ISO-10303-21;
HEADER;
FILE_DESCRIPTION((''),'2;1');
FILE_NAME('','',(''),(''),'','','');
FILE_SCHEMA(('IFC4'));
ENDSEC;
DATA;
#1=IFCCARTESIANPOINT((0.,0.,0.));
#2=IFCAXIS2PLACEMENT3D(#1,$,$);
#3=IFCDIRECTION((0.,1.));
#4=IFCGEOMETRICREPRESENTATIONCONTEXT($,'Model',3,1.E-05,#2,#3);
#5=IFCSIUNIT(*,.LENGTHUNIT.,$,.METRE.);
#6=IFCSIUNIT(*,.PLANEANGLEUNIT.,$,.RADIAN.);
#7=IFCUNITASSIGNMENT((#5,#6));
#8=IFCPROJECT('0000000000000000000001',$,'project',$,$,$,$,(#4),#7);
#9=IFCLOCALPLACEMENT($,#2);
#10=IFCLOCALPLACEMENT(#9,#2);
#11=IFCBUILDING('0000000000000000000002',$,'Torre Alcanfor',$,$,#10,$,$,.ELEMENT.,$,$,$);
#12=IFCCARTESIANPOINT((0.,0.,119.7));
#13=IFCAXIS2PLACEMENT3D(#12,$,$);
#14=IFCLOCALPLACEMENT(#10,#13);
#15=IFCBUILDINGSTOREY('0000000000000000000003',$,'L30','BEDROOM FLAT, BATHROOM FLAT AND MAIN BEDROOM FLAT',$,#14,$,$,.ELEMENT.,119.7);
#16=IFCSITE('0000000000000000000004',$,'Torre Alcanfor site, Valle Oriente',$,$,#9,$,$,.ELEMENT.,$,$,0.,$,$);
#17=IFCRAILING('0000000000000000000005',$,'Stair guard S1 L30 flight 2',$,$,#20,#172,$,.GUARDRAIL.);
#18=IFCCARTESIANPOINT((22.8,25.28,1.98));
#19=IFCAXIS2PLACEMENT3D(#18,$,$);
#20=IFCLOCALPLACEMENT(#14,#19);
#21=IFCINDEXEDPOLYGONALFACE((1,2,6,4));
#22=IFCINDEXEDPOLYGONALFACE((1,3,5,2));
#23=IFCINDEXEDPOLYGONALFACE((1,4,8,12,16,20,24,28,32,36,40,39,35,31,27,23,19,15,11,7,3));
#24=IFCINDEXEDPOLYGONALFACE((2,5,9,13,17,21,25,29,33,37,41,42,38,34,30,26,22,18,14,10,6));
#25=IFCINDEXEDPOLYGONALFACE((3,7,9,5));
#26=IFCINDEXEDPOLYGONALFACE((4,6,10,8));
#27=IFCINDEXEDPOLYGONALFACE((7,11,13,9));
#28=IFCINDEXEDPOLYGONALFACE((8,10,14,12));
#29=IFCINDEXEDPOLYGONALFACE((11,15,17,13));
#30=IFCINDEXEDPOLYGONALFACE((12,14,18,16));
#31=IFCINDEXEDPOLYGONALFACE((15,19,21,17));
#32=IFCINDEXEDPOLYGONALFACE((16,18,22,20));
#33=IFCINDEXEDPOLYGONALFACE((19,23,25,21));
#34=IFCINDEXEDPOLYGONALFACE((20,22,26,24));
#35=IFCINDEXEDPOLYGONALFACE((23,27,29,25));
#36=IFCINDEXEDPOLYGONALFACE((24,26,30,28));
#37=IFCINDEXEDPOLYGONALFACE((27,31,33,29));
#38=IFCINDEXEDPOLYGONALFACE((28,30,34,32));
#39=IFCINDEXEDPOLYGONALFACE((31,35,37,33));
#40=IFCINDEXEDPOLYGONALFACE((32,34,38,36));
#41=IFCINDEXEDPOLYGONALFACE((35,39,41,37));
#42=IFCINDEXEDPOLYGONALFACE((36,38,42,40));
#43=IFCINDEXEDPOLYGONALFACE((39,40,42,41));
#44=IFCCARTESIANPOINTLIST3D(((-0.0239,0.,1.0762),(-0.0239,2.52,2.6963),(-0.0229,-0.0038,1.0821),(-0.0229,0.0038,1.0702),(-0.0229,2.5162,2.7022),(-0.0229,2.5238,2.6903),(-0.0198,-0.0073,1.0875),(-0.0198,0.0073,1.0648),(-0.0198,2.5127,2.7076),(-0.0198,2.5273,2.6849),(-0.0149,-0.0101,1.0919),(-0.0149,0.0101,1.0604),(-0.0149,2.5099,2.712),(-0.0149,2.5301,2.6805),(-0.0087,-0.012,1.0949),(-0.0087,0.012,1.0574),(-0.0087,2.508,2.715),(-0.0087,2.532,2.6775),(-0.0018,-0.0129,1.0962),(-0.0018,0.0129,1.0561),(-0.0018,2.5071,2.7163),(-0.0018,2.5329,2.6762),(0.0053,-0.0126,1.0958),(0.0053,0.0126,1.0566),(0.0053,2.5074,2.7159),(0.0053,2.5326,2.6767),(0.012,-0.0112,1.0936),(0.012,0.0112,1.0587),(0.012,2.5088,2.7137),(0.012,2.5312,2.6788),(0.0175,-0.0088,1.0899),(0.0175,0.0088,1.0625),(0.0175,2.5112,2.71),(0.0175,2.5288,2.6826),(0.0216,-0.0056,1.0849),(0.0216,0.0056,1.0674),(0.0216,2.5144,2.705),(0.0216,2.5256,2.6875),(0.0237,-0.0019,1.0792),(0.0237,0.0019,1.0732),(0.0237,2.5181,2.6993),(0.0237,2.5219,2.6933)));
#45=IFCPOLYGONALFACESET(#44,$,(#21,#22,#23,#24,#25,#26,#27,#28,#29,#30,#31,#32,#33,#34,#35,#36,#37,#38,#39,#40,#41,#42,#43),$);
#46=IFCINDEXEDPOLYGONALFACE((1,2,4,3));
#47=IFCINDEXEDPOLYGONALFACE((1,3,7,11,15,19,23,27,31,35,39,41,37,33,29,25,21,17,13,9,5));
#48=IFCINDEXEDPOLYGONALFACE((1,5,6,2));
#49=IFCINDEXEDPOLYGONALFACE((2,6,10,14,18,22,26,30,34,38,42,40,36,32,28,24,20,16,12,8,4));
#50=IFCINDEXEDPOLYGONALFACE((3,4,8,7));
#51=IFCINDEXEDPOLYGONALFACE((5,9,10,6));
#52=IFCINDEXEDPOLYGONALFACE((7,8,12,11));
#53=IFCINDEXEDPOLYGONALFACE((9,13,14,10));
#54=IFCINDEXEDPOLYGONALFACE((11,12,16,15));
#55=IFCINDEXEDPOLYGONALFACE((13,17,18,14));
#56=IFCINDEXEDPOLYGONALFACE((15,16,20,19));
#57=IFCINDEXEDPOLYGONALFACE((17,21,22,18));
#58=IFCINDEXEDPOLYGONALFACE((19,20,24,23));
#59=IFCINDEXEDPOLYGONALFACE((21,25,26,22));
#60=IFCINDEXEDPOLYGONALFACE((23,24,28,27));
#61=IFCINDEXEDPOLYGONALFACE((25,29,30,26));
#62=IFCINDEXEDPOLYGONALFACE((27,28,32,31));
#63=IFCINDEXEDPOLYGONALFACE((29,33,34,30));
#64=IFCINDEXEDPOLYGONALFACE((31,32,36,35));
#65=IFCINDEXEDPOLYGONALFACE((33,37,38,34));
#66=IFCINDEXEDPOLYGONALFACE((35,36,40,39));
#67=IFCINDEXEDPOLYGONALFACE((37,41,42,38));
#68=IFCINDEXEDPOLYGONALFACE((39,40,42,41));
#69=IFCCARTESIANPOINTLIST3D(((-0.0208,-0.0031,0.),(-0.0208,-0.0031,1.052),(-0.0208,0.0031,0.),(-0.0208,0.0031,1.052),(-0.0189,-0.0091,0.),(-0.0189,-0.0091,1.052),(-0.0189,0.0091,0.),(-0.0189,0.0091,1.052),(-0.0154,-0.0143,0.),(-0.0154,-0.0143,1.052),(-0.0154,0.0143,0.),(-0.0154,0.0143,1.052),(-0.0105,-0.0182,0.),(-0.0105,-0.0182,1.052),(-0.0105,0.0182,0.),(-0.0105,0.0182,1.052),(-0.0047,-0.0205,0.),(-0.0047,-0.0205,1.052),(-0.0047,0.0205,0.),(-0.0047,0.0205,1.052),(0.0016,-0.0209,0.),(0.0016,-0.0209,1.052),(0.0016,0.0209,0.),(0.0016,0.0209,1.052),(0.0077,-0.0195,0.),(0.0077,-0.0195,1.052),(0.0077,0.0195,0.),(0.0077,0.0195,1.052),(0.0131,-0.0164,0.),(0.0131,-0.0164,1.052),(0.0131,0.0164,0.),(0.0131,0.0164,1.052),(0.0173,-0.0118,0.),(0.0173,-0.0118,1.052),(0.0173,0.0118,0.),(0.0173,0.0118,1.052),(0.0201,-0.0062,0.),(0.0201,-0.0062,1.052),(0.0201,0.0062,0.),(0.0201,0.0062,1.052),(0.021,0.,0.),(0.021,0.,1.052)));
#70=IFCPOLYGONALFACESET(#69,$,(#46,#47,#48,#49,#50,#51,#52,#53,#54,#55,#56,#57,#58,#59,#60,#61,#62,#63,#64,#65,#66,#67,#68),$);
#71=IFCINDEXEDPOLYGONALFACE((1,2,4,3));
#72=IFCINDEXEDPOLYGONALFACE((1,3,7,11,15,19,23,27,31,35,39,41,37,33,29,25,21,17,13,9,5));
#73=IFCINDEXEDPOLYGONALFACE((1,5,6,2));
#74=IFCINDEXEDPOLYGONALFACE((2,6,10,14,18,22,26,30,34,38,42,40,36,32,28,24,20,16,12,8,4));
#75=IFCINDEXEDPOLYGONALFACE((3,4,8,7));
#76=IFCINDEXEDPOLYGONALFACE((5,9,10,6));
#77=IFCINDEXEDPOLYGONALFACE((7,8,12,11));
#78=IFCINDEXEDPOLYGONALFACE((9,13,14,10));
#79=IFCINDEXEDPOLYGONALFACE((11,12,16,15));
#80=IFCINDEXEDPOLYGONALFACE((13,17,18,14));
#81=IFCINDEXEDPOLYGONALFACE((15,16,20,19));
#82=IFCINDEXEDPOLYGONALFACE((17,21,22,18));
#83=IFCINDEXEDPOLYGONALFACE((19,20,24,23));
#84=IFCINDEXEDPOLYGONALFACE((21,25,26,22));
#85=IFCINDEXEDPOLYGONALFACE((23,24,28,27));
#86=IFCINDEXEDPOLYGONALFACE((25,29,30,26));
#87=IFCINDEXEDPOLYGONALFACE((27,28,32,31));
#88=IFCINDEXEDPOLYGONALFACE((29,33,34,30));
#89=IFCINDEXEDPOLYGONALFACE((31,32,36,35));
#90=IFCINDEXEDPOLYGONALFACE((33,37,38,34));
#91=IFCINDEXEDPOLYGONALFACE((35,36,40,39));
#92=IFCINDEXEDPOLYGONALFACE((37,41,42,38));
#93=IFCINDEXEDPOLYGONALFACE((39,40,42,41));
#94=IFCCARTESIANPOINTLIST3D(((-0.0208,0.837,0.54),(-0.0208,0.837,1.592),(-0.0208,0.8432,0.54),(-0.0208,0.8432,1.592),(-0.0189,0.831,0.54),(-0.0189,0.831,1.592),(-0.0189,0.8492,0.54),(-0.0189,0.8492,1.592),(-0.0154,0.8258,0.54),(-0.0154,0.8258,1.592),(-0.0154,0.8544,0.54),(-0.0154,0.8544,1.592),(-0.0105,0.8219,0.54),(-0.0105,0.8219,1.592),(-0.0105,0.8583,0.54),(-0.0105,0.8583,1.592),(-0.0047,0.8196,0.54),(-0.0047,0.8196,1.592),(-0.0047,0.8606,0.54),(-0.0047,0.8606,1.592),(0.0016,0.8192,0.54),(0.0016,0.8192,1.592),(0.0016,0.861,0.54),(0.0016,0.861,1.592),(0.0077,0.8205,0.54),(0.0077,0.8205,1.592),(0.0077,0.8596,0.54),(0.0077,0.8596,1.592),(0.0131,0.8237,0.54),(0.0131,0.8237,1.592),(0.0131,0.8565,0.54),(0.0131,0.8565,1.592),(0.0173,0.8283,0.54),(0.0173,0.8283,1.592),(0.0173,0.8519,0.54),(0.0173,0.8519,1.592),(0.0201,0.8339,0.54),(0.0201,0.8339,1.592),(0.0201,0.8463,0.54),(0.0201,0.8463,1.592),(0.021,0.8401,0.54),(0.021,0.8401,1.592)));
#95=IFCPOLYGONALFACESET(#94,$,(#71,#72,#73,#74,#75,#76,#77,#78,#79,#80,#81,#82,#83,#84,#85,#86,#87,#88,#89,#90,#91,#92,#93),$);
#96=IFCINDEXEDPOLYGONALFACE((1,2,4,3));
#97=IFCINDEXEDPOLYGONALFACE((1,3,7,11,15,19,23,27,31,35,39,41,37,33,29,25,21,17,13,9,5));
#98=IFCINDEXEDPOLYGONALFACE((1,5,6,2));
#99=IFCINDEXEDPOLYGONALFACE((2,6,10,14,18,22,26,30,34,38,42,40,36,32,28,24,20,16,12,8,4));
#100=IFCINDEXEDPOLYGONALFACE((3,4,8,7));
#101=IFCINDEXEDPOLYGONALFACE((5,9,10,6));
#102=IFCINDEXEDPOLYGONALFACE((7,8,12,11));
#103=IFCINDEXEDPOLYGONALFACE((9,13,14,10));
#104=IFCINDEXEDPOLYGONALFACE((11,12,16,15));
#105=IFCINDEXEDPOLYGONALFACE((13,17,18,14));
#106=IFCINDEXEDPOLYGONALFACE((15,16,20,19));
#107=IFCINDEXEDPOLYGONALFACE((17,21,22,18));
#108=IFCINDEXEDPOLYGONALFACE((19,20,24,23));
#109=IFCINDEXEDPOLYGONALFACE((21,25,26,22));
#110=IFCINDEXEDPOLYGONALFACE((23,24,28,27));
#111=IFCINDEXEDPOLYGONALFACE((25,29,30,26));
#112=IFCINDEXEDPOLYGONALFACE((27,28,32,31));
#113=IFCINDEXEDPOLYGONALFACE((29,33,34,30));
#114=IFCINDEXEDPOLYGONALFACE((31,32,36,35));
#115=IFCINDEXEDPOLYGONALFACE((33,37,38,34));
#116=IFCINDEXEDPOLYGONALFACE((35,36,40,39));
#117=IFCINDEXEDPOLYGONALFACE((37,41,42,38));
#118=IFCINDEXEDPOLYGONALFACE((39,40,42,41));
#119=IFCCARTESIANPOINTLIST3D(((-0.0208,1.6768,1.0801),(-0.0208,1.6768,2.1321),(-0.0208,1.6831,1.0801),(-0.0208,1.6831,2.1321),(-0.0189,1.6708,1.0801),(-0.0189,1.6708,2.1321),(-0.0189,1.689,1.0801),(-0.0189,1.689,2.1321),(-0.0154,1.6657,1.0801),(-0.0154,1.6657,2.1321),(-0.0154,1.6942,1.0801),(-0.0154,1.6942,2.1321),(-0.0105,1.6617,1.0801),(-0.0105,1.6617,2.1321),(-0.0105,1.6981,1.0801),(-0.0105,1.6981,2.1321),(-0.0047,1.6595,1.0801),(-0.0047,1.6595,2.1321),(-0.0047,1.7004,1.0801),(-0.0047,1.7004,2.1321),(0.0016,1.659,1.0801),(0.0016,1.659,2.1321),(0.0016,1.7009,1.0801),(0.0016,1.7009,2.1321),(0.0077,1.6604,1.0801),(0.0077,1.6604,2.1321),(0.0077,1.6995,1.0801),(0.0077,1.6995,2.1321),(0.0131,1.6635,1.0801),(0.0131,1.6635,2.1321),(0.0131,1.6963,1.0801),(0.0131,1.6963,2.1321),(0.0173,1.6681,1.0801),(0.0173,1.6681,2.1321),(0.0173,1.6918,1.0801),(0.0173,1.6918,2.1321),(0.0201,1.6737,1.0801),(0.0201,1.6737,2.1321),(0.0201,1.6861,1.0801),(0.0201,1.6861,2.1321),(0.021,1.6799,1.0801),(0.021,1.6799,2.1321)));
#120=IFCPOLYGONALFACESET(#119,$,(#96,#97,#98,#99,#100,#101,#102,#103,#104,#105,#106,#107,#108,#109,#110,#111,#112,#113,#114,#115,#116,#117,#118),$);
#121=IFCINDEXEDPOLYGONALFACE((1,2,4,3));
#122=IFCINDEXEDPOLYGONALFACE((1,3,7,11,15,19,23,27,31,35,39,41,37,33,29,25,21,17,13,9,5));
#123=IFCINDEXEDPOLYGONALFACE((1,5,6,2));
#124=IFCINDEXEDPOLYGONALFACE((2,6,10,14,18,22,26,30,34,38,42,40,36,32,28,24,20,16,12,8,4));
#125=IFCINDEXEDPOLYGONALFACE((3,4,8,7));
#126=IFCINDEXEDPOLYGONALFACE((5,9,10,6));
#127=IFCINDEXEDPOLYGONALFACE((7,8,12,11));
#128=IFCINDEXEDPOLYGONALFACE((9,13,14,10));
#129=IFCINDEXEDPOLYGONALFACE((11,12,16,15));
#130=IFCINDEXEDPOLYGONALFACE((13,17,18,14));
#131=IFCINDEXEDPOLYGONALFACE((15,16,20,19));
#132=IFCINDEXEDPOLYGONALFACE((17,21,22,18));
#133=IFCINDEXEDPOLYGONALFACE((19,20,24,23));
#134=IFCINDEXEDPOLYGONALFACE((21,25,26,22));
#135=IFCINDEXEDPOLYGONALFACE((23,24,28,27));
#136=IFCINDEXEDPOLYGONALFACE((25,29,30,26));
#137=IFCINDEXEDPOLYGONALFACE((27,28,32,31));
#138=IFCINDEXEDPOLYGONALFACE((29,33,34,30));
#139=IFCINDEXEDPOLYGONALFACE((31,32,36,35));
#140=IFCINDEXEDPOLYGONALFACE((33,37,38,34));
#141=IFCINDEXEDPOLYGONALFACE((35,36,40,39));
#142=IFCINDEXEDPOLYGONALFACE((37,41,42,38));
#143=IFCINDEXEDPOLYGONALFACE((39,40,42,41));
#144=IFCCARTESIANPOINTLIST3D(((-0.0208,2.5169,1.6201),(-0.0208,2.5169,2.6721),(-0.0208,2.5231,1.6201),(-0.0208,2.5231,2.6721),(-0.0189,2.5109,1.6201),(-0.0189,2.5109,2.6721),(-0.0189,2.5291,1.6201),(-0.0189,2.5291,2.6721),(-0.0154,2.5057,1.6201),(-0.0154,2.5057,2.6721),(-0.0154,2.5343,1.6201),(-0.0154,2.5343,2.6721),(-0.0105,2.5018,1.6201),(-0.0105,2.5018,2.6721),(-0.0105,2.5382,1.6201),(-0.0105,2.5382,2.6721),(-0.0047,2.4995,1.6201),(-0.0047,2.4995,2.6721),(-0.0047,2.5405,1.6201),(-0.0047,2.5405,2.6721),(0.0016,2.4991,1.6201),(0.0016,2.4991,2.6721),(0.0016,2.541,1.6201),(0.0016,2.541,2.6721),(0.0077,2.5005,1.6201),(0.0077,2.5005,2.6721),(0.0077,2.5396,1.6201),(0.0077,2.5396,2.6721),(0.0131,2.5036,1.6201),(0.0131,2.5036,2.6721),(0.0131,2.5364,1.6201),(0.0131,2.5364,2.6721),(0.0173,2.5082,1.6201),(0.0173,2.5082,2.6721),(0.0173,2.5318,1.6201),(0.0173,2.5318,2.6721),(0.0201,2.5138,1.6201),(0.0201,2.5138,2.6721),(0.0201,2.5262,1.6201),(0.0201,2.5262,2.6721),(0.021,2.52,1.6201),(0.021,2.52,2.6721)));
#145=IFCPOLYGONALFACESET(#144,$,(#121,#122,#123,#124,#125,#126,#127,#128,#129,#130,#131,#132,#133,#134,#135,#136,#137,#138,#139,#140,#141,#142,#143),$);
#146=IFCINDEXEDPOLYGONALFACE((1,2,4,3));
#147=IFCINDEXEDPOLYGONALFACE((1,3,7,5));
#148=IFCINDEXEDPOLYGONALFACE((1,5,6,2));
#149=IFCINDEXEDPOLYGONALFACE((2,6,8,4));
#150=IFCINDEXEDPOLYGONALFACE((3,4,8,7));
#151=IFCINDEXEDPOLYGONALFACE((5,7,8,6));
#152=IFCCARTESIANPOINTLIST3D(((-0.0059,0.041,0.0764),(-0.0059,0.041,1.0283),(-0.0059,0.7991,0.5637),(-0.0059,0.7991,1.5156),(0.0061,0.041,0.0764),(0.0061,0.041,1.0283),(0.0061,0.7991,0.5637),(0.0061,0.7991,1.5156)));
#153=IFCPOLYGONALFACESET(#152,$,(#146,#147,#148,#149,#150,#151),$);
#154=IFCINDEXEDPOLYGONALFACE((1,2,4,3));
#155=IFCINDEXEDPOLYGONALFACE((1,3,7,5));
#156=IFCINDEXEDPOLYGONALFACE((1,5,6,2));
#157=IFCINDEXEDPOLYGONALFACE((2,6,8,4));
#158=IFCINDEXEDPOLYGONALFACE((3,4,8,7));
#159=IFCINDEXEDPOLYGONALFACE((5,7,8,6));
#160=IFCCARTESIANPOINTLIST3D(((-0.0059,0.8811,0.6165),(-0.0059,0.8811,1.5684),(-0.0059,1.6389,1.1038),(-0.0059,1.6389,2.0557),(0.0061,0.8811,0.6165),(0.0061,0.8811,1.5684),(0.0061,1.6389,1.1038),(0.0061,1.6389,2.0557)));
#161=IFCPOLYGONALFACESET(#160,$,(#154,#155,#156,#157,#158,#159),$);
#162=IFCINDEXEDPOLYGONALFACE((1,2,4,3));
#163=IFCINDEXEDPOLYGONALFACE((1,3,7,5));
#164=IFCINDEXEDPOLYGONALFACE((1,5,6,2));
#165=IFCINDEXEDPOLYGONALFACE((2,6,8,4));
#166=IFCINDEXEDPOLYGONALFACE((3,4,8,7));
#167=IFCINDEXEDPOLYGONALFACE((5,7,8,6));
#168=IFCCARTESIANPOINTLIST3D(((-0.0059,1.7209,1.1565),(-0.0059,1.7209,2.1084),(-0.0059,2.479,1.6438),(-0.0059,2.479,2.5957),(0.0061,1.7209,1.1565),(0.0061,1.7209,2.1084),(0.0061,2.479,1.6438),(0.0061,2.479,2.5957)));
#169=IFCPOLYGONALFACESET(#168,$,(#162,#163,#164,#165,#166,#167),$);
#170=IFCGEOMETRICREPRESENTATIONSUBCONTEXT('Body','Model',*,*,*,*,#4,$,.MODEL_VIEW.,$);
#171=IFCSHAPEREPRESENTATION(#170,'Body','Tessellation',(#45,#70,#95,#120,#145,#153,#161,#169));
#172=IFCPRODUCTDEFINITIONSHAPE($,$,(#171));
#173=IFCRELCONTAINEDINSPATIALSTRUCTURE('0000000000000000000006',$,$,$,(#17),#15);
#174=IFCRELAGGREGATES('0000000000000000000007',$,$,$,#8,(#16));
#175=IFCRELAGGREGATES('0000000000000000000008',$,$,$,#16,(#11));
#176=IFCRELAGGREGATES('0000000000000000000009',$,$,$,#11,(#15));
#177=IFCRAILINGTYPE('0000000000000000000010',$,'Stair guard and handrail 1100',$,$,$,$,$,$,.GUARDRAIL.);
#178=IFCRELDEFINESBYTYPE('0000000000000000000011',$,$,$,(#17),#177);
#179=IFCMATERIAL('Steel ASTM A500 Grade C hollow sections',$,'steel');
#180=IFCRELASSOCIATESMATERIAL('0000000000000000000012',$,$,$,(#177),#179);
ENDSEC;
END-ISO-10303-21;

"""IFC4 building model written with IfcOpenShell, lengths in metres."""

from ifc_helpers import new_model, si_unit, direction, frame, origin, origin_2d, place, context, subcontext, project, spatial, polyline, circle, outline, extrude, material, type_object, element, save


model = new_model("IFC4")

# Units and contexts
model_context = context("Model", 3, precision=1e-05, world=origin(), true_north=direction((0.0, 1.0)))
body_context = subcontext(model_context, "Body", "Model", "MODEL_VIEW")
ifc_project = project(units=[si_unit("LENGTHUNIT", "METRE"), si_unit("PLANEANGLEUNIT", "RADIAN")], contexts=[model_context])

# Site, building, storey
site_placement = place(None, origin())
site = spatial("IfcSite", under=ifc_project, at=site_placement, Name="Torre Alcanfor site, Valle Oriente", CompositionType="ELEMENT", RefElevation=0.0)
building_placement = place(site_placement, origin())
building = spatial("IfcBuilding", under=site, at=building_placement, Name="Torre Alcanfor", CompositionType="ELEMENT")
storey_placement = place(building_placement, frame((0.0, 0.0, 119.7)))
storey = spatial("IfcBuildingStorey", under=building, at=storey_placement, Name="L30", Description="BEDROOM FLAT, BATHROOM FLAT AND MAIN BEDROOM FLAT", CompositionType="ELEMENT", Elevation=119.7)

# Railing
ifc_material_1 = material(Name="Steel ASTM A500 Grade C hollow sections", Category="steel")
railing_type_1 = type_object("IfcRailingType", Name="Stair guard and handrail 1100", PredefinedType="GUARDRAIL", material=ifc_material_1)
railing_1_placement = place(storey_placement, frame((22.8, 25.28, 1.98)))
element("IfcRailing", 1, at=railing_1_placement, inside=storey, type_object=railing_type_1, Name="Stair guard S1 L30 flight 2", PredefinedType="GUARDRAIL", context=body_context, shape_type="SweptSolid", body=[
    extrude(circle(Radius=0.0239, at=origin_2d()), frame((0.0, 0.0, 1.0762), z_axis=(0.0, 0.841163, 0.540782), x_axis=(-1.0, 0.0, 0.0)), (0.0, 0.0, 1.0), 2.9958),
    extrude(circle(Radius=0.021, at=origin_2d()), origin(), (0.0, 0.0, 1.0), 1.052),
    extrude(circle(Radius=0.021, at=origin_2d()), frame((0.0, 0.8401, 0.54)), (0.0, 0.0, 1.0), 1.052),
    extrude(circle(Radius=0.021, at=origin_2d()), frame((0.0, 1.6799, 1.0801)), (0.0, 0.0, 1.0), 1.052),
    extrude(circle(Radius=0.021, at=origin_2d()), frame((0.0, 2.52, 1.6201)), (0.0, 0.0, 1.0), 1.052),
    extrude(outline(polyline([(0.041, 0.0764), (0.7991, 0.5637), (0.7991, 1.5156), (0.041, 1.0283), (0.041, 0.0764)])), frame((-0.0059, 0.0, 0.0), z_axis=(1.0, 0.0, 0.0), x_axis=(0.0, 1.0, 0.0)), (0.0, 0.0, 1.0), 0.012),
    extrude(outline(polyline([(0.8811, 0.6165), (1.6389, 1.1038), (1.6389, 2.0557), (0.8811, 1.5684), (0.8811, 0.6165)])), frame((-0.0059, 0.0, 0.0), z_axis=(1.0, 0.0, 0.0), x_axis=(0.0, 1.0, 0.0)), (0.0, 0.0, 1.0), 0.012),
    extrude(outline(polyline([(1.7209, 1.1565), (2.479, 1.6438), (2.479, 2.5957), (1.7209, 2.1084), (1.7209, 1.1565)])), frame((-0.0059, 0.0, 0.0), z_axis=(1.0, 0.0, 0.0), x_axis=(0.0, 1.0, 0.0)), (0.0, 0.0, 1.0), 0.012),
])

save(model, "model.ifc")
